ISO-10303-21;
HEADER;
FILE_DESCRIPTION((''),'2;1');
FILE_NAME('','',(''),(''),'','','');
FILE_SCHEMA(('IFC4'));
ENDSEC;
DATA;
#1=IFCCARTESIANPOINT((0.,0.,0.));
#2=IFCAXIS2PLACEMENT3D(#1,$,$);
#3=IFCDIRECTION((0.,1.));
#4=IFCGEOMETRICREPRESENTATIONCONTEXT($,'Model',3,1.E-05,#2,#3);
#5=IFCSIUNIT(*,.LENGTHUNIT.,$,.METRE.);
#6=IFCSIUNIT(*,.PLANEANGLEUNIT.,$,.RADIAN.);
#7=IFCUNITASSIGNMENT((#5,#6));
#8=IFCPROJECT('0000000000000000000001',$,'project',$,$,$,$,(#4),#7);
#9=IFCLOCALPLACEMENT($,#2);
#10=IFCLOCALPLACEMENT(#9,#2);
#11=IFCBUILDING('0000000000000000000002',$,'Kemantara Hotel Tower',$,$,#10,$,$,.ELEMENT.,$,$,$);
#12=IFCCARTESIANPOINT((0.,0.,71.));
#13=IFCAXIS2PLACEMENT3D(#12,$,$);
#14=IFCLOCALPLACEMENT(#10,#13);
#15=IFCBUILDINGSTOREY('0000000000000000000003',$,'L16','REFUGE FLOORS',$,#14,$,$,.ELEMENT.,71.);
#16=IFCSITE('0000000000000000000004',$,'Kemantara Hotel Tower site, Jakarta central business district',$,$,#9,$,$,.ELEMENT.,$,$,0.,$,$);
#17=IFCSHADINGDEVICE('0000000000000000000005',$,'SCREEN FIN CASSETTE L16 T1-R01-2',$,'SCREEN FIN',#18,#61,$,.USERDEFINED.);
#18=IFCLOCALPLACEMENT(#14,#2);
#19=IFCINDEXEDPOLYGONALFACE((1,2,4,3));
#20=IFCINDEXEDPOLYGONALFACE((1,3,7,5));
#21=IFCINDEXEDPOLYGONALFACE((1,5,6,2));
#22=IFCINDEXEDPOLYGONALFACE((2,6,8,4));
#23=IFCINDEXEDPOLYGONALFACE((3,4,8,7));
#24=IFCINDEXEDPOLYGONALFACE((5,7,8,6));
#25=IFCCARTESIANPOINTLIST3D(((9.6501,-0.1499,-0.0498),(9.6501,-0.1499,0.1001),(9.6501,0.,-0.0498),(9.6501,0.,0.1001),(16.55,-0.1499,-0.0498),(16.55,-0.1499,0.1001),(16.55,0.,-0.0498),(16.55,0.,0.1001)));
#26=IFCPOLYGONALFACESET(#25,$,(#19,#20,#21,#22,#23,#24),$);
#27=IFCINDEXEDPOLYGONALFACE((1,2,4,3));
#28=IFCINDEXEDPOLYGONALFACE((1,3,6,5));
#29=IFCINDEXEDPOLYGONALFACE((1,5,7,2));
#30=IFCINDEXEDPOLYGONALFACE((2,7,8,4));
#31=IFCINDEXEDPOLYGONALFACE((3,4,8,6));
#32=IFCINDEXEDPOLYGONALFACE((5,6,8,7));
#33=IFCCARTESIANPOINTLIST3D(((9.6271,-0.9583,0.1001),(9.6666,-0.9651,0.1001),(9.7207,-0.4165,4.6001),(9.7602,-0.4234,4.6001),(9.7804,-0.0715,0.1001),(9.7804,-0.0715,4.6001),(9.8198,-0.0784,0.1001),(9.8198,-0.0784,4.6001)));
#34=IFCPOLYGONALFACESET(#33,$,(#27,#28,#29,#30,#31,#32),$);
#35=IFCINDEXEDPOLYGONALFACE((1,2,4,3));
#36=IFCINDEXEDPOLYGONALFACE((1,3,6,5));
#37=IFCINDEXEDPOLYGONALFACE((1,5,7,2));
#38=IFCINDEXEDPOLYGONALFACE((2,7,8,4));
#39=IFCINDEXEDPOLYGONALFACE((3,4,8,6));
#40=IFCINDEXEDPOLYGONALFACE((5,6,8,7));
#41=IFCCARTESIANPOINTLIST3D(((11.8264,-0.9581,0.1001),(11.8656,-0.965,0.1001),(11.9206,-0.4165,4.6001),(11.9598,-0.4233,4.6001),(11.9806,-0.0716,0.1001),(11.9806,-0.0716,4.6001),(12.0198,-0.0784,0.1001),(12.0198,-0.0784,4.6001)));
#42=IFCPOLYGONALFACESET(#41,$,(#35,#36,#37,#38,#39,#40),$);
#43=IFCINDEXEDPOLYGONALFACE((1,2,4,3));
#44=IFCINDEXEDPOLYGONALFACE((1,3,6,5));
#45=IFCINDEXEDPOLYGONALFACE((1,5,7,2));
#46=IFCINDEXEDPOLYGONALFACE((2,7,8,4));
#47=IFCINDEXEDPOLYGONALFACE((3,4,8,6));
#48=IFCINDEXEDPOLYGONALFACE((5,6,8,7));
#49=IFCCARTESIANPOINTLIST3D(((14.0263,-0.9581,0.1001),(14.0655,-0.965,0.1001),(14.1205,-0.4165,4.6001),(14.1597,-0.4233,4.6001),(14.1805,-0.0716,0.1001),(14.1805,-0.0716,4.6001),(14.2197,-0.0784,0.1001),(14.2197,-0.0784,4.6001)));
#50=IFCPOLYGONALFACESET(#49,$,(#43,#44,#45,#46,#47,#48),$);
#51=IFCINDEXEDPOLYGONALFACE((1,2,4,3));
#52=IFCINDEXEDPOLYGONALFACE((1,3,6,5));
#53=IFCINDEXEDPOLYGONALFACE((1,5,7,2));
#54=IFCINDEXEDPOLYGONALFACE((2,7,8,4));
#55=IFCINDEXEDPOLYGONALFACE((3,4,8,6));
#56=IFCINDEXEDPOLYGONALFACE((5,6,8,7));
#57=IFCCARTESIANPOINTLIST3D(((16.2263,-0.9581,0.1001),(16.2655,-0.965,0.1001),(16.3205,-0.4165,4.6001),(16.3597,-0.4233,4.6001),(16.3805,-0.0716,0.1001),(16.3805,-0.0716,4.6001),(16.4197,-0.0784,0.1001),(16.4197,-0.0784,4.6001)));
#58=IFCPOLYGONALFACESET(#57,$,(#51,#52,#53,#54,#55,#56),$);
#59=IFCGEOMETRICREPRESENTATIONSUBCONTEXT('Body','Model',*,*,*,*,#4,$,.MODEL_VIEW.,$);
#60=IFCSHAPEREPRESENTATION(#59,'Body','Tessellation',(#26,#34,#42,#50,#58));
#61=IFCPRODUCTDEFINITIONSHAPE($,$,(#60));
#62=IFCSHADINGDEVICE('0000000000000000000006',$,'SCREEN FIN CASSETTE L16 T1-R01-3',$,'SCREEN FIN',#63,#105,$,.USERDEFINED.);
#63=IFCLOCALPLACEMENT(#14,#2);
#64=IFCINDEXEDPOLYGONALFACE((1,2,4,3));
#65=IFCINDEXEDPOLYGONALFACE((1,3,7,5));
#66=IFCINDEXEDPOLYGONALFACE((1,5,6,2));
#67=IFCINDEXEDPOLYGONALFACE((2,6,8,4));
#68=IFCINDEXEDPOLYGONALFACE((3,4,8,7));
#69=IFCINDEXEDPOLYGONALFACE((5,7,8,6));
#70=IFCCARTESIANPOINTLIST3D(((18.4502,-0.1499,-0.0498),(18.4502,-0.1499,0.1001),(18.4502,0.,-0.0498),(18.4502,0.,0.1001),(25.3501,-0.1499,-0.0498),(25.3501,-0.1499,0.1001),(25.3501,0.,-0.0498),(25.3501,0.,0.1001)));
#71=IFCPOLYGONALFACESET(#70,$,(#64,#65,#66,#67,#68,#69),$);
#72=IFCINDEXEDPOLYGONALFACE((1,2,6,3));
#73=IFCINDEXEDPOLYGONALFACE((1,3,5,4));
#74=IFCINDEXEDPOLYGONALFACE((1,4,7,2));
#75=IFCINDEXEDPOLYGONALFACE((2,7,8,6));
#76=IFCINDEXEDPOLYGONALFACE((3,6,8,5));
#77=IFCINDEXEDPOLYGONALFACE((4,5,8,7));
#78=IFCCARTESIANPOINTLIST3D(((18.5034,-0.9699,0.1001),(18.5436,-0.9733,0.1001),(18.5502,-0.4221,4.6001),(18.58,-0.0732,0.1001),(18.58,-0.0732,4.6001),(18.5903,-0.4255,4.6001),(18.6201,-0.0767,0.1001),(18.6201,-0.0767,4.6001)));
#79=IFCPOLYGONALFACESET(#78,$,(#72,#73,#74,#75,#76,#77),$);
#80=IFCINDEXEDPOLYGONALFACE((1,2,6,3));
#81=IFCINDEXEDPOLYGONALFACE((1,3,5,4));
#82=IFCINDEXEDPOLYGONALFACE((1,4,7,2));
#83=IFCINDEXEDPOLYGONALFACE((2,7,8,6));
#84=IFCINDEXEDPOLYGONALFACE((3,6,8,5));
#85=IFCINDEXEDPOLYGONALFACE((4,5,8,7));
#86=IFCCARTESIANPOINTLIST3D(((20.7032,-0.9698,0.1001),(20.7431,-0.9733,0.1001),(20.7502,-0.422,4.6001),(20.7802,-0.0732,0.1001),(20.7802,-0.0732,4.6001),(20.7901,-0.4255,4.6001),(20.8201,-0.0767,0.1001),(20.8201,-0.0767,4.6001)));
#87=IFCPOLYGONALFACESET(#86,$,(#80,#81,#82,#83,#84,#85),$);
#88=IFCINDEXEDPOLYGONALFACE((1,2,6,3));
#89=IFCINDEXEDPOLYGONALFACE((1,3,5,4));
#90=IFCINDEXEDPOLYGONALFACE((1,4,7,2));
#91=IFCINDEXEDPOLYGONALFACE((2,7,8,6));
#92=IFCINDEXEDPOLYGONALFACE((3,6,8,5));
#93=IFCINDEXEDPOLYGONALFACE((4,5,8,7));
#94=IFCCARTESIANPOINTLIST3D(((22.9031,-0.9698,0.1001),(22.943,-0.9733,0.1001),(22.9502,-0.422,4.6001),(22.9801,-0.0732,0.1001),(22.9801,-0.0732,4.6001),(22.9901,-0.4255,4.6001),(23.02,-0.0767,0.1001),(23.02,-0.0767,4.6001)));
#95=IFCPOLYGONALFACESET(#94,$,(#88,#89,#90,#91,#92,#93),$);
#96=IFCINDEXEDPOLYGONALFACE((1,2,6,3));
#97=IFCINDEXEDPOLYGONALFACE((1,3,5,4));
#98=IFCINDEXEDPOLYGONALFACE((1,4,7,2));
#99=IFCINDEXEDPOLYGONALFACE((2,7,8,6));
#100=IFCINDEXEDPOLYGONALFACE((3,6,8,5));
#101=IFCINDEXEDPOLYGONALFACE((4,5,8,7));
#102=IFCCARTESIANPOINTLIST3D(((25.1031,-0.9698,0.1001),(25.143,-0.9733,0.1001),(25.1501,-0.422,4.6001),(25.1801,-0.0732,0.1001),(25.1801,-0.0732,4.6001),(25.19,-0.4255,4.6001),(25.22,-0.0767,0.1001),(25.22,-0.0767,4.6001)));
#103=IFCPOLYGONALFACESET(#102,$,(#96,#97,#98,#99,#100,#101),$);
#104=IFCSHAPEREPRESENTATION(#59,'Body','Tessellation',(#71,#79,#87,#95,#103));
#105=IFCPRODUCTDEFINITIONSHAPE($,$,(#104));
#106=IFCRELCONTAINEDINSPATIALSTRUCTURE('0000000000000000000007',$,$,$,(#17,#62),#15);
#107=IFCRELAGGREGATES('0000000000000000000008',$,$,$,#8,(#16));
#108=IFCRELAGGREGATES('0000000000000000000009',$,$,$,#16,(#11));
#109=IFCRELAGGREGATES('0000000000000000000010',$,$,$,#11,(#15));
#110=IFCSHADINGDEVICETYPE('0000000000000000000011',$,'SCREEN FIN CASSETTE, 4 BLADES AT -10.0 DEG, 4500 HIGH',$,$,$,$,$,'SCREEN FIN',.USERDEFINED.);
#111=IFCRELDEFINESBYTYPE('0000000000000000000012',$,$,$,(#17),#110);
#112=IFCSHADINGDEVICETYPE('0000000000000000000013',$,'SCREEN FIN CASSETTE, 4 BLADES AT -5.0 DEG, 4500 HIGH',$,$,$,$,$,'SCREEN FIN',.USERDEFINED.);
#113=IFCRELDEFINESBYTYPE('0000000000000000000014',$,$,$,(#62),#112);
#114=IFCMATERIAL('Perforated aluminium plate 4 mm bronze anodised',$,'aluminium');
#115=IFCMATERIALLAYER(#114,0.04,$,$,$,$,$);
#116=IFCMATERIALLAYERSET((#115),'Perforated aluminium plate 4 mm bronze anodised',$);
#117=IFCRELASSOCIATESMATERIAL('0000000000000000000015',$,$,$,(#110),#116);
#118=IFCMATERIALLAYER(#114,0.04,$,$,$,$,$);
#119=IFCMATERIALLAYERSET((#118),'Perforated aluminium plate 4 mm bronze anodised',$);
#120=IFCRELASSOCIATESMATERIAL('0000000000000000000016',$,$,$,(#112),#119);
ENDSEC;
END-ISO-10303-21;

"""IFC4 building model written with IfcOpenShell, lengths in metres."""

from ifc_helpers import new_model, si_unit, direction, frame, origin, origin_2d, place, context, subcontext, project, spatial, polyline, rectangle, outline, extrude, source, transform, mapped, material, layer, layer_set, type_object, element, save


model = new_model("IFC4")

# Units and contexts
model_context = context("Model", 3, precision=1e-05, world=origin(), true_north=direction((0.0, 1.0)))
body_context = subcontext(model_context, "Body", "Model", "MODEL_VIEW")
ifc_project = project(units=[si_unit("LENGTHUNIT", "METRE"), si_unit("PLANEANGLEUNIT", "RADIAN")], contexts=[model_context])

# Site, building, storey
site_placement = place(None, origin())
site = spatial("IfcSite", under=ifc_project, at=site_placement, Name="Kemantara Hotel Tower site, Jakarta central business district", CompositionType="ELEMENT", RefElevation=0.0)
building_placement = place(site_placement, origin())
building = spatial("IfcBuilding", under=site, at=building_placement, Name="Kemantara Hotel Tower", CompositionType="ELEMENT")
storey_placement = place(building_placement, frame((0.0, 0.0, 71.0)))
storey = spatial("IfcBuildingStorey", under=building, at=storey_placement, Name="L16", Description="REFUGE FLOORS", CompositionType="ELEMENT", Elevation=71.0)

# Shading devices
ifc_material_1 = material(Name="Perforated aluminium plate 4 mm bronze anodised", Category="aluminium")
ifc_layer_1 = layer(ifc_material_1, 0.04)
ifc_layer_set_1 = layer_set([ifc_layer_1], Name="Perforated aluminium plate 4 mm bronze anodised")
shading_device_type_1 = type_object("IfcShadingDeviceType", Name="SCREEN FIN CASSETTE, 4 BLADES AT -10.0 DEG, 4500 HIGH", ElementType="SCREEN FIN", PredefinedType="USERDEFINED", material=ifc_layer_set_1)
shared_shape_1 = source(origin(), body_context, "Body", "SweptSolid", [
    extrude(rectangle(XDim=6.8999, YDim=0.1499, at=origin_2d()), frame((3.3, -0.075, -0.1499), z_axis=(0.0, 0.0, 1.0), x_axis=(1.0, 0.0, 0.0)), (0.0, 0.0, 1.0), 0.1499),
    extrude(outline(polyline([(0.0, 0.0), (0.8999, 0.0), (0.3501, 4.5), (0.0, 4.5), (0.0, 0.0)])), frame((0.0198, -0.0784, 0.0), z_axis=(-0.98539, 0.170314, 0.0), x_axis=(-0.170314, -0.98539, 0.0)), (0.0, 0.0, 1.0), 0.04),
    extrude(outline(polyline([(0.0, 0.0), (0.8999, 0.0), (0.3501, 4.5), (0.0, 4.5), (0.0, 0.0)])), frame((2.2197, -0.0784, 0.0), z_axis=(-0.985212, 0.171341, 0.0), x_axis=(-0.171341, -0.985212, 0.0)), (0.0, 0.0, 1.0), 0.0398),
    extrude(outline(polyline([(0.0, 0.0), (0.8999, 0.0), (0.3501, 4.5), (0.0, 4.5), (0.0, 0.0)])), frame((4.4197, -0.0784, 0.0), z_axis=(-0.985212, 0.171341, 0.0), x_axis=(-0.171341, -0.985212, 0.0)), (0.0, 0.0, 1.0), 0.0398),
    extrude(outline(polyline([(0.0, 0.0), (0.8999, 0.0), (0.3501, 4.5), (0.0, 4.5), (0.0, 0.0)])), frame((6.6196, -0.0784, 0.0), z_axis=(-0.985212, 0.171341, 0.0), x_axis=(-0.171341, -0.985212, 0.0)), (0.0, 0.0, 1.0), 0.0398),
])
shading_device_1_placement = place(storey_placement, frame((9.8, 0.0, 0.1001), z_axis=(0.0, 0.0, 1.0), x_axis=(1.0, 0.0, 0.0)))
element("IfcShadingDevice", 1, at=shading_device_1_placement, inside=storey, type_object=shading_device_type_1, Name="SCREEN FIN CASSETTE L16 T1-R01-2", ObjectType="SCREEN FIN", PredefinedType="USERDEFINED", context=body_context, shape_type="MappedRepresentation", body=[
    mapped(shared_shape_1, transform((0.0, 0.0, 0.0))),
])
ifc_layer_2 = layer(ifc_material_1, 0.04)
ifc_layer_set_2 = layer_set([ifc_layer_2], Name="Perforated aluminium plate 4 mm bronze anodised")
shading_device_type_2 = type_object("IfcShadingDeviceType", Name="SCREEN FIN CASSETTE, 4 BLADES AT -5.0 DEG, 4500 HIGH", ElementType="SCREEN FIN", PredefinedType="USERDEFINED", material=ifc_layer_set_2)
shared_shape_2 = source(origin(), body_context, "Body", "SweptSolid", [
    extrude(rectangle(XDim=6.8999, YDim=0.1499, at=origin_2d()), frame((3.3, -0.075, -0.1499), z_axis=(0.0, 0.0, 1.0), x_axis=(1.0, 0.0, 0.0)), (0.0, 0.0, 1.0), 0.1499),
    extrude(outline(polyline([(0.0, 0.0), (0.8999, 0.0), (0.3501, 4.5), (0.0, 4.5), (0.0, 0.0)])), frame((0.02, -0.0767, 0.0), z_axis=(-0.996376, 0.085056, 0.0), x_axis=(-0.085056, -0.996376, 0.0)), (0.0, 0.0, 1.0), 0.0403),
    extrude(outline(polyline([(0.0, 0.0), (0.8999, 0.0), (0.3501, 4.5), (0.0, 4.5), (0.0, 0.0)])), frame((2.22, -0.0767, 0.0), z_axis=(-0.996332, 0.085575, 0.0), x_axis=(-0.085575, -0.996332, 0.0)), (0.0, 0.0, 1.0), 0.04),
    extrude(outline(polyline([(0.0, 0.0), (0.8999, 0.0), (0.3501, 4.5), (0.0, 4.5), (0.0, 0.0)])), frame((4.4199, -0.0767, 0.0), z_axis=(-0.996332, 0.085575, 0.0), x_axis=(-0.085575, -0.996332, 0.0)), (0.0, 0.0, 1.0), 0.04),
    extrude(outline(polyline([(0.0, 0.0), (0.8999, 0.0), (0.3501, 4.5), (0.0, 4.5), (0.0, 0.0)])), frame((6.6199, -0.0767, 0.0), z_axis=(-0.996332, 0.085575, 0.0), x_axis=(-0.085575, -0.996332, 0.0)), (0.0, 0.0, 1.0), 0.04),
])
shading_device_2_placement = place(storey_placement, frame((18.6001, 0.0, 0.1001), z_axis=(0.0, 0.0, 1.0), x_axis=(1.0, 0.0, 0.0)))
element("IfcShadingDevice", 2, at=shading_device_2_placement, inside=storey, type_object=shading_device_type_2, Name="SCREEN FIN CASSETTE L16 T1-R01-3", ObjectType="SCREEN FIN", PredefinedType="USERDEFINED", context=body_context, shape_type="MappedRepresentation", body=[
    mapped(shared_shape_2, transform((0.0, 0.0, 0.0))),
])

save(model, "model.ifc")
